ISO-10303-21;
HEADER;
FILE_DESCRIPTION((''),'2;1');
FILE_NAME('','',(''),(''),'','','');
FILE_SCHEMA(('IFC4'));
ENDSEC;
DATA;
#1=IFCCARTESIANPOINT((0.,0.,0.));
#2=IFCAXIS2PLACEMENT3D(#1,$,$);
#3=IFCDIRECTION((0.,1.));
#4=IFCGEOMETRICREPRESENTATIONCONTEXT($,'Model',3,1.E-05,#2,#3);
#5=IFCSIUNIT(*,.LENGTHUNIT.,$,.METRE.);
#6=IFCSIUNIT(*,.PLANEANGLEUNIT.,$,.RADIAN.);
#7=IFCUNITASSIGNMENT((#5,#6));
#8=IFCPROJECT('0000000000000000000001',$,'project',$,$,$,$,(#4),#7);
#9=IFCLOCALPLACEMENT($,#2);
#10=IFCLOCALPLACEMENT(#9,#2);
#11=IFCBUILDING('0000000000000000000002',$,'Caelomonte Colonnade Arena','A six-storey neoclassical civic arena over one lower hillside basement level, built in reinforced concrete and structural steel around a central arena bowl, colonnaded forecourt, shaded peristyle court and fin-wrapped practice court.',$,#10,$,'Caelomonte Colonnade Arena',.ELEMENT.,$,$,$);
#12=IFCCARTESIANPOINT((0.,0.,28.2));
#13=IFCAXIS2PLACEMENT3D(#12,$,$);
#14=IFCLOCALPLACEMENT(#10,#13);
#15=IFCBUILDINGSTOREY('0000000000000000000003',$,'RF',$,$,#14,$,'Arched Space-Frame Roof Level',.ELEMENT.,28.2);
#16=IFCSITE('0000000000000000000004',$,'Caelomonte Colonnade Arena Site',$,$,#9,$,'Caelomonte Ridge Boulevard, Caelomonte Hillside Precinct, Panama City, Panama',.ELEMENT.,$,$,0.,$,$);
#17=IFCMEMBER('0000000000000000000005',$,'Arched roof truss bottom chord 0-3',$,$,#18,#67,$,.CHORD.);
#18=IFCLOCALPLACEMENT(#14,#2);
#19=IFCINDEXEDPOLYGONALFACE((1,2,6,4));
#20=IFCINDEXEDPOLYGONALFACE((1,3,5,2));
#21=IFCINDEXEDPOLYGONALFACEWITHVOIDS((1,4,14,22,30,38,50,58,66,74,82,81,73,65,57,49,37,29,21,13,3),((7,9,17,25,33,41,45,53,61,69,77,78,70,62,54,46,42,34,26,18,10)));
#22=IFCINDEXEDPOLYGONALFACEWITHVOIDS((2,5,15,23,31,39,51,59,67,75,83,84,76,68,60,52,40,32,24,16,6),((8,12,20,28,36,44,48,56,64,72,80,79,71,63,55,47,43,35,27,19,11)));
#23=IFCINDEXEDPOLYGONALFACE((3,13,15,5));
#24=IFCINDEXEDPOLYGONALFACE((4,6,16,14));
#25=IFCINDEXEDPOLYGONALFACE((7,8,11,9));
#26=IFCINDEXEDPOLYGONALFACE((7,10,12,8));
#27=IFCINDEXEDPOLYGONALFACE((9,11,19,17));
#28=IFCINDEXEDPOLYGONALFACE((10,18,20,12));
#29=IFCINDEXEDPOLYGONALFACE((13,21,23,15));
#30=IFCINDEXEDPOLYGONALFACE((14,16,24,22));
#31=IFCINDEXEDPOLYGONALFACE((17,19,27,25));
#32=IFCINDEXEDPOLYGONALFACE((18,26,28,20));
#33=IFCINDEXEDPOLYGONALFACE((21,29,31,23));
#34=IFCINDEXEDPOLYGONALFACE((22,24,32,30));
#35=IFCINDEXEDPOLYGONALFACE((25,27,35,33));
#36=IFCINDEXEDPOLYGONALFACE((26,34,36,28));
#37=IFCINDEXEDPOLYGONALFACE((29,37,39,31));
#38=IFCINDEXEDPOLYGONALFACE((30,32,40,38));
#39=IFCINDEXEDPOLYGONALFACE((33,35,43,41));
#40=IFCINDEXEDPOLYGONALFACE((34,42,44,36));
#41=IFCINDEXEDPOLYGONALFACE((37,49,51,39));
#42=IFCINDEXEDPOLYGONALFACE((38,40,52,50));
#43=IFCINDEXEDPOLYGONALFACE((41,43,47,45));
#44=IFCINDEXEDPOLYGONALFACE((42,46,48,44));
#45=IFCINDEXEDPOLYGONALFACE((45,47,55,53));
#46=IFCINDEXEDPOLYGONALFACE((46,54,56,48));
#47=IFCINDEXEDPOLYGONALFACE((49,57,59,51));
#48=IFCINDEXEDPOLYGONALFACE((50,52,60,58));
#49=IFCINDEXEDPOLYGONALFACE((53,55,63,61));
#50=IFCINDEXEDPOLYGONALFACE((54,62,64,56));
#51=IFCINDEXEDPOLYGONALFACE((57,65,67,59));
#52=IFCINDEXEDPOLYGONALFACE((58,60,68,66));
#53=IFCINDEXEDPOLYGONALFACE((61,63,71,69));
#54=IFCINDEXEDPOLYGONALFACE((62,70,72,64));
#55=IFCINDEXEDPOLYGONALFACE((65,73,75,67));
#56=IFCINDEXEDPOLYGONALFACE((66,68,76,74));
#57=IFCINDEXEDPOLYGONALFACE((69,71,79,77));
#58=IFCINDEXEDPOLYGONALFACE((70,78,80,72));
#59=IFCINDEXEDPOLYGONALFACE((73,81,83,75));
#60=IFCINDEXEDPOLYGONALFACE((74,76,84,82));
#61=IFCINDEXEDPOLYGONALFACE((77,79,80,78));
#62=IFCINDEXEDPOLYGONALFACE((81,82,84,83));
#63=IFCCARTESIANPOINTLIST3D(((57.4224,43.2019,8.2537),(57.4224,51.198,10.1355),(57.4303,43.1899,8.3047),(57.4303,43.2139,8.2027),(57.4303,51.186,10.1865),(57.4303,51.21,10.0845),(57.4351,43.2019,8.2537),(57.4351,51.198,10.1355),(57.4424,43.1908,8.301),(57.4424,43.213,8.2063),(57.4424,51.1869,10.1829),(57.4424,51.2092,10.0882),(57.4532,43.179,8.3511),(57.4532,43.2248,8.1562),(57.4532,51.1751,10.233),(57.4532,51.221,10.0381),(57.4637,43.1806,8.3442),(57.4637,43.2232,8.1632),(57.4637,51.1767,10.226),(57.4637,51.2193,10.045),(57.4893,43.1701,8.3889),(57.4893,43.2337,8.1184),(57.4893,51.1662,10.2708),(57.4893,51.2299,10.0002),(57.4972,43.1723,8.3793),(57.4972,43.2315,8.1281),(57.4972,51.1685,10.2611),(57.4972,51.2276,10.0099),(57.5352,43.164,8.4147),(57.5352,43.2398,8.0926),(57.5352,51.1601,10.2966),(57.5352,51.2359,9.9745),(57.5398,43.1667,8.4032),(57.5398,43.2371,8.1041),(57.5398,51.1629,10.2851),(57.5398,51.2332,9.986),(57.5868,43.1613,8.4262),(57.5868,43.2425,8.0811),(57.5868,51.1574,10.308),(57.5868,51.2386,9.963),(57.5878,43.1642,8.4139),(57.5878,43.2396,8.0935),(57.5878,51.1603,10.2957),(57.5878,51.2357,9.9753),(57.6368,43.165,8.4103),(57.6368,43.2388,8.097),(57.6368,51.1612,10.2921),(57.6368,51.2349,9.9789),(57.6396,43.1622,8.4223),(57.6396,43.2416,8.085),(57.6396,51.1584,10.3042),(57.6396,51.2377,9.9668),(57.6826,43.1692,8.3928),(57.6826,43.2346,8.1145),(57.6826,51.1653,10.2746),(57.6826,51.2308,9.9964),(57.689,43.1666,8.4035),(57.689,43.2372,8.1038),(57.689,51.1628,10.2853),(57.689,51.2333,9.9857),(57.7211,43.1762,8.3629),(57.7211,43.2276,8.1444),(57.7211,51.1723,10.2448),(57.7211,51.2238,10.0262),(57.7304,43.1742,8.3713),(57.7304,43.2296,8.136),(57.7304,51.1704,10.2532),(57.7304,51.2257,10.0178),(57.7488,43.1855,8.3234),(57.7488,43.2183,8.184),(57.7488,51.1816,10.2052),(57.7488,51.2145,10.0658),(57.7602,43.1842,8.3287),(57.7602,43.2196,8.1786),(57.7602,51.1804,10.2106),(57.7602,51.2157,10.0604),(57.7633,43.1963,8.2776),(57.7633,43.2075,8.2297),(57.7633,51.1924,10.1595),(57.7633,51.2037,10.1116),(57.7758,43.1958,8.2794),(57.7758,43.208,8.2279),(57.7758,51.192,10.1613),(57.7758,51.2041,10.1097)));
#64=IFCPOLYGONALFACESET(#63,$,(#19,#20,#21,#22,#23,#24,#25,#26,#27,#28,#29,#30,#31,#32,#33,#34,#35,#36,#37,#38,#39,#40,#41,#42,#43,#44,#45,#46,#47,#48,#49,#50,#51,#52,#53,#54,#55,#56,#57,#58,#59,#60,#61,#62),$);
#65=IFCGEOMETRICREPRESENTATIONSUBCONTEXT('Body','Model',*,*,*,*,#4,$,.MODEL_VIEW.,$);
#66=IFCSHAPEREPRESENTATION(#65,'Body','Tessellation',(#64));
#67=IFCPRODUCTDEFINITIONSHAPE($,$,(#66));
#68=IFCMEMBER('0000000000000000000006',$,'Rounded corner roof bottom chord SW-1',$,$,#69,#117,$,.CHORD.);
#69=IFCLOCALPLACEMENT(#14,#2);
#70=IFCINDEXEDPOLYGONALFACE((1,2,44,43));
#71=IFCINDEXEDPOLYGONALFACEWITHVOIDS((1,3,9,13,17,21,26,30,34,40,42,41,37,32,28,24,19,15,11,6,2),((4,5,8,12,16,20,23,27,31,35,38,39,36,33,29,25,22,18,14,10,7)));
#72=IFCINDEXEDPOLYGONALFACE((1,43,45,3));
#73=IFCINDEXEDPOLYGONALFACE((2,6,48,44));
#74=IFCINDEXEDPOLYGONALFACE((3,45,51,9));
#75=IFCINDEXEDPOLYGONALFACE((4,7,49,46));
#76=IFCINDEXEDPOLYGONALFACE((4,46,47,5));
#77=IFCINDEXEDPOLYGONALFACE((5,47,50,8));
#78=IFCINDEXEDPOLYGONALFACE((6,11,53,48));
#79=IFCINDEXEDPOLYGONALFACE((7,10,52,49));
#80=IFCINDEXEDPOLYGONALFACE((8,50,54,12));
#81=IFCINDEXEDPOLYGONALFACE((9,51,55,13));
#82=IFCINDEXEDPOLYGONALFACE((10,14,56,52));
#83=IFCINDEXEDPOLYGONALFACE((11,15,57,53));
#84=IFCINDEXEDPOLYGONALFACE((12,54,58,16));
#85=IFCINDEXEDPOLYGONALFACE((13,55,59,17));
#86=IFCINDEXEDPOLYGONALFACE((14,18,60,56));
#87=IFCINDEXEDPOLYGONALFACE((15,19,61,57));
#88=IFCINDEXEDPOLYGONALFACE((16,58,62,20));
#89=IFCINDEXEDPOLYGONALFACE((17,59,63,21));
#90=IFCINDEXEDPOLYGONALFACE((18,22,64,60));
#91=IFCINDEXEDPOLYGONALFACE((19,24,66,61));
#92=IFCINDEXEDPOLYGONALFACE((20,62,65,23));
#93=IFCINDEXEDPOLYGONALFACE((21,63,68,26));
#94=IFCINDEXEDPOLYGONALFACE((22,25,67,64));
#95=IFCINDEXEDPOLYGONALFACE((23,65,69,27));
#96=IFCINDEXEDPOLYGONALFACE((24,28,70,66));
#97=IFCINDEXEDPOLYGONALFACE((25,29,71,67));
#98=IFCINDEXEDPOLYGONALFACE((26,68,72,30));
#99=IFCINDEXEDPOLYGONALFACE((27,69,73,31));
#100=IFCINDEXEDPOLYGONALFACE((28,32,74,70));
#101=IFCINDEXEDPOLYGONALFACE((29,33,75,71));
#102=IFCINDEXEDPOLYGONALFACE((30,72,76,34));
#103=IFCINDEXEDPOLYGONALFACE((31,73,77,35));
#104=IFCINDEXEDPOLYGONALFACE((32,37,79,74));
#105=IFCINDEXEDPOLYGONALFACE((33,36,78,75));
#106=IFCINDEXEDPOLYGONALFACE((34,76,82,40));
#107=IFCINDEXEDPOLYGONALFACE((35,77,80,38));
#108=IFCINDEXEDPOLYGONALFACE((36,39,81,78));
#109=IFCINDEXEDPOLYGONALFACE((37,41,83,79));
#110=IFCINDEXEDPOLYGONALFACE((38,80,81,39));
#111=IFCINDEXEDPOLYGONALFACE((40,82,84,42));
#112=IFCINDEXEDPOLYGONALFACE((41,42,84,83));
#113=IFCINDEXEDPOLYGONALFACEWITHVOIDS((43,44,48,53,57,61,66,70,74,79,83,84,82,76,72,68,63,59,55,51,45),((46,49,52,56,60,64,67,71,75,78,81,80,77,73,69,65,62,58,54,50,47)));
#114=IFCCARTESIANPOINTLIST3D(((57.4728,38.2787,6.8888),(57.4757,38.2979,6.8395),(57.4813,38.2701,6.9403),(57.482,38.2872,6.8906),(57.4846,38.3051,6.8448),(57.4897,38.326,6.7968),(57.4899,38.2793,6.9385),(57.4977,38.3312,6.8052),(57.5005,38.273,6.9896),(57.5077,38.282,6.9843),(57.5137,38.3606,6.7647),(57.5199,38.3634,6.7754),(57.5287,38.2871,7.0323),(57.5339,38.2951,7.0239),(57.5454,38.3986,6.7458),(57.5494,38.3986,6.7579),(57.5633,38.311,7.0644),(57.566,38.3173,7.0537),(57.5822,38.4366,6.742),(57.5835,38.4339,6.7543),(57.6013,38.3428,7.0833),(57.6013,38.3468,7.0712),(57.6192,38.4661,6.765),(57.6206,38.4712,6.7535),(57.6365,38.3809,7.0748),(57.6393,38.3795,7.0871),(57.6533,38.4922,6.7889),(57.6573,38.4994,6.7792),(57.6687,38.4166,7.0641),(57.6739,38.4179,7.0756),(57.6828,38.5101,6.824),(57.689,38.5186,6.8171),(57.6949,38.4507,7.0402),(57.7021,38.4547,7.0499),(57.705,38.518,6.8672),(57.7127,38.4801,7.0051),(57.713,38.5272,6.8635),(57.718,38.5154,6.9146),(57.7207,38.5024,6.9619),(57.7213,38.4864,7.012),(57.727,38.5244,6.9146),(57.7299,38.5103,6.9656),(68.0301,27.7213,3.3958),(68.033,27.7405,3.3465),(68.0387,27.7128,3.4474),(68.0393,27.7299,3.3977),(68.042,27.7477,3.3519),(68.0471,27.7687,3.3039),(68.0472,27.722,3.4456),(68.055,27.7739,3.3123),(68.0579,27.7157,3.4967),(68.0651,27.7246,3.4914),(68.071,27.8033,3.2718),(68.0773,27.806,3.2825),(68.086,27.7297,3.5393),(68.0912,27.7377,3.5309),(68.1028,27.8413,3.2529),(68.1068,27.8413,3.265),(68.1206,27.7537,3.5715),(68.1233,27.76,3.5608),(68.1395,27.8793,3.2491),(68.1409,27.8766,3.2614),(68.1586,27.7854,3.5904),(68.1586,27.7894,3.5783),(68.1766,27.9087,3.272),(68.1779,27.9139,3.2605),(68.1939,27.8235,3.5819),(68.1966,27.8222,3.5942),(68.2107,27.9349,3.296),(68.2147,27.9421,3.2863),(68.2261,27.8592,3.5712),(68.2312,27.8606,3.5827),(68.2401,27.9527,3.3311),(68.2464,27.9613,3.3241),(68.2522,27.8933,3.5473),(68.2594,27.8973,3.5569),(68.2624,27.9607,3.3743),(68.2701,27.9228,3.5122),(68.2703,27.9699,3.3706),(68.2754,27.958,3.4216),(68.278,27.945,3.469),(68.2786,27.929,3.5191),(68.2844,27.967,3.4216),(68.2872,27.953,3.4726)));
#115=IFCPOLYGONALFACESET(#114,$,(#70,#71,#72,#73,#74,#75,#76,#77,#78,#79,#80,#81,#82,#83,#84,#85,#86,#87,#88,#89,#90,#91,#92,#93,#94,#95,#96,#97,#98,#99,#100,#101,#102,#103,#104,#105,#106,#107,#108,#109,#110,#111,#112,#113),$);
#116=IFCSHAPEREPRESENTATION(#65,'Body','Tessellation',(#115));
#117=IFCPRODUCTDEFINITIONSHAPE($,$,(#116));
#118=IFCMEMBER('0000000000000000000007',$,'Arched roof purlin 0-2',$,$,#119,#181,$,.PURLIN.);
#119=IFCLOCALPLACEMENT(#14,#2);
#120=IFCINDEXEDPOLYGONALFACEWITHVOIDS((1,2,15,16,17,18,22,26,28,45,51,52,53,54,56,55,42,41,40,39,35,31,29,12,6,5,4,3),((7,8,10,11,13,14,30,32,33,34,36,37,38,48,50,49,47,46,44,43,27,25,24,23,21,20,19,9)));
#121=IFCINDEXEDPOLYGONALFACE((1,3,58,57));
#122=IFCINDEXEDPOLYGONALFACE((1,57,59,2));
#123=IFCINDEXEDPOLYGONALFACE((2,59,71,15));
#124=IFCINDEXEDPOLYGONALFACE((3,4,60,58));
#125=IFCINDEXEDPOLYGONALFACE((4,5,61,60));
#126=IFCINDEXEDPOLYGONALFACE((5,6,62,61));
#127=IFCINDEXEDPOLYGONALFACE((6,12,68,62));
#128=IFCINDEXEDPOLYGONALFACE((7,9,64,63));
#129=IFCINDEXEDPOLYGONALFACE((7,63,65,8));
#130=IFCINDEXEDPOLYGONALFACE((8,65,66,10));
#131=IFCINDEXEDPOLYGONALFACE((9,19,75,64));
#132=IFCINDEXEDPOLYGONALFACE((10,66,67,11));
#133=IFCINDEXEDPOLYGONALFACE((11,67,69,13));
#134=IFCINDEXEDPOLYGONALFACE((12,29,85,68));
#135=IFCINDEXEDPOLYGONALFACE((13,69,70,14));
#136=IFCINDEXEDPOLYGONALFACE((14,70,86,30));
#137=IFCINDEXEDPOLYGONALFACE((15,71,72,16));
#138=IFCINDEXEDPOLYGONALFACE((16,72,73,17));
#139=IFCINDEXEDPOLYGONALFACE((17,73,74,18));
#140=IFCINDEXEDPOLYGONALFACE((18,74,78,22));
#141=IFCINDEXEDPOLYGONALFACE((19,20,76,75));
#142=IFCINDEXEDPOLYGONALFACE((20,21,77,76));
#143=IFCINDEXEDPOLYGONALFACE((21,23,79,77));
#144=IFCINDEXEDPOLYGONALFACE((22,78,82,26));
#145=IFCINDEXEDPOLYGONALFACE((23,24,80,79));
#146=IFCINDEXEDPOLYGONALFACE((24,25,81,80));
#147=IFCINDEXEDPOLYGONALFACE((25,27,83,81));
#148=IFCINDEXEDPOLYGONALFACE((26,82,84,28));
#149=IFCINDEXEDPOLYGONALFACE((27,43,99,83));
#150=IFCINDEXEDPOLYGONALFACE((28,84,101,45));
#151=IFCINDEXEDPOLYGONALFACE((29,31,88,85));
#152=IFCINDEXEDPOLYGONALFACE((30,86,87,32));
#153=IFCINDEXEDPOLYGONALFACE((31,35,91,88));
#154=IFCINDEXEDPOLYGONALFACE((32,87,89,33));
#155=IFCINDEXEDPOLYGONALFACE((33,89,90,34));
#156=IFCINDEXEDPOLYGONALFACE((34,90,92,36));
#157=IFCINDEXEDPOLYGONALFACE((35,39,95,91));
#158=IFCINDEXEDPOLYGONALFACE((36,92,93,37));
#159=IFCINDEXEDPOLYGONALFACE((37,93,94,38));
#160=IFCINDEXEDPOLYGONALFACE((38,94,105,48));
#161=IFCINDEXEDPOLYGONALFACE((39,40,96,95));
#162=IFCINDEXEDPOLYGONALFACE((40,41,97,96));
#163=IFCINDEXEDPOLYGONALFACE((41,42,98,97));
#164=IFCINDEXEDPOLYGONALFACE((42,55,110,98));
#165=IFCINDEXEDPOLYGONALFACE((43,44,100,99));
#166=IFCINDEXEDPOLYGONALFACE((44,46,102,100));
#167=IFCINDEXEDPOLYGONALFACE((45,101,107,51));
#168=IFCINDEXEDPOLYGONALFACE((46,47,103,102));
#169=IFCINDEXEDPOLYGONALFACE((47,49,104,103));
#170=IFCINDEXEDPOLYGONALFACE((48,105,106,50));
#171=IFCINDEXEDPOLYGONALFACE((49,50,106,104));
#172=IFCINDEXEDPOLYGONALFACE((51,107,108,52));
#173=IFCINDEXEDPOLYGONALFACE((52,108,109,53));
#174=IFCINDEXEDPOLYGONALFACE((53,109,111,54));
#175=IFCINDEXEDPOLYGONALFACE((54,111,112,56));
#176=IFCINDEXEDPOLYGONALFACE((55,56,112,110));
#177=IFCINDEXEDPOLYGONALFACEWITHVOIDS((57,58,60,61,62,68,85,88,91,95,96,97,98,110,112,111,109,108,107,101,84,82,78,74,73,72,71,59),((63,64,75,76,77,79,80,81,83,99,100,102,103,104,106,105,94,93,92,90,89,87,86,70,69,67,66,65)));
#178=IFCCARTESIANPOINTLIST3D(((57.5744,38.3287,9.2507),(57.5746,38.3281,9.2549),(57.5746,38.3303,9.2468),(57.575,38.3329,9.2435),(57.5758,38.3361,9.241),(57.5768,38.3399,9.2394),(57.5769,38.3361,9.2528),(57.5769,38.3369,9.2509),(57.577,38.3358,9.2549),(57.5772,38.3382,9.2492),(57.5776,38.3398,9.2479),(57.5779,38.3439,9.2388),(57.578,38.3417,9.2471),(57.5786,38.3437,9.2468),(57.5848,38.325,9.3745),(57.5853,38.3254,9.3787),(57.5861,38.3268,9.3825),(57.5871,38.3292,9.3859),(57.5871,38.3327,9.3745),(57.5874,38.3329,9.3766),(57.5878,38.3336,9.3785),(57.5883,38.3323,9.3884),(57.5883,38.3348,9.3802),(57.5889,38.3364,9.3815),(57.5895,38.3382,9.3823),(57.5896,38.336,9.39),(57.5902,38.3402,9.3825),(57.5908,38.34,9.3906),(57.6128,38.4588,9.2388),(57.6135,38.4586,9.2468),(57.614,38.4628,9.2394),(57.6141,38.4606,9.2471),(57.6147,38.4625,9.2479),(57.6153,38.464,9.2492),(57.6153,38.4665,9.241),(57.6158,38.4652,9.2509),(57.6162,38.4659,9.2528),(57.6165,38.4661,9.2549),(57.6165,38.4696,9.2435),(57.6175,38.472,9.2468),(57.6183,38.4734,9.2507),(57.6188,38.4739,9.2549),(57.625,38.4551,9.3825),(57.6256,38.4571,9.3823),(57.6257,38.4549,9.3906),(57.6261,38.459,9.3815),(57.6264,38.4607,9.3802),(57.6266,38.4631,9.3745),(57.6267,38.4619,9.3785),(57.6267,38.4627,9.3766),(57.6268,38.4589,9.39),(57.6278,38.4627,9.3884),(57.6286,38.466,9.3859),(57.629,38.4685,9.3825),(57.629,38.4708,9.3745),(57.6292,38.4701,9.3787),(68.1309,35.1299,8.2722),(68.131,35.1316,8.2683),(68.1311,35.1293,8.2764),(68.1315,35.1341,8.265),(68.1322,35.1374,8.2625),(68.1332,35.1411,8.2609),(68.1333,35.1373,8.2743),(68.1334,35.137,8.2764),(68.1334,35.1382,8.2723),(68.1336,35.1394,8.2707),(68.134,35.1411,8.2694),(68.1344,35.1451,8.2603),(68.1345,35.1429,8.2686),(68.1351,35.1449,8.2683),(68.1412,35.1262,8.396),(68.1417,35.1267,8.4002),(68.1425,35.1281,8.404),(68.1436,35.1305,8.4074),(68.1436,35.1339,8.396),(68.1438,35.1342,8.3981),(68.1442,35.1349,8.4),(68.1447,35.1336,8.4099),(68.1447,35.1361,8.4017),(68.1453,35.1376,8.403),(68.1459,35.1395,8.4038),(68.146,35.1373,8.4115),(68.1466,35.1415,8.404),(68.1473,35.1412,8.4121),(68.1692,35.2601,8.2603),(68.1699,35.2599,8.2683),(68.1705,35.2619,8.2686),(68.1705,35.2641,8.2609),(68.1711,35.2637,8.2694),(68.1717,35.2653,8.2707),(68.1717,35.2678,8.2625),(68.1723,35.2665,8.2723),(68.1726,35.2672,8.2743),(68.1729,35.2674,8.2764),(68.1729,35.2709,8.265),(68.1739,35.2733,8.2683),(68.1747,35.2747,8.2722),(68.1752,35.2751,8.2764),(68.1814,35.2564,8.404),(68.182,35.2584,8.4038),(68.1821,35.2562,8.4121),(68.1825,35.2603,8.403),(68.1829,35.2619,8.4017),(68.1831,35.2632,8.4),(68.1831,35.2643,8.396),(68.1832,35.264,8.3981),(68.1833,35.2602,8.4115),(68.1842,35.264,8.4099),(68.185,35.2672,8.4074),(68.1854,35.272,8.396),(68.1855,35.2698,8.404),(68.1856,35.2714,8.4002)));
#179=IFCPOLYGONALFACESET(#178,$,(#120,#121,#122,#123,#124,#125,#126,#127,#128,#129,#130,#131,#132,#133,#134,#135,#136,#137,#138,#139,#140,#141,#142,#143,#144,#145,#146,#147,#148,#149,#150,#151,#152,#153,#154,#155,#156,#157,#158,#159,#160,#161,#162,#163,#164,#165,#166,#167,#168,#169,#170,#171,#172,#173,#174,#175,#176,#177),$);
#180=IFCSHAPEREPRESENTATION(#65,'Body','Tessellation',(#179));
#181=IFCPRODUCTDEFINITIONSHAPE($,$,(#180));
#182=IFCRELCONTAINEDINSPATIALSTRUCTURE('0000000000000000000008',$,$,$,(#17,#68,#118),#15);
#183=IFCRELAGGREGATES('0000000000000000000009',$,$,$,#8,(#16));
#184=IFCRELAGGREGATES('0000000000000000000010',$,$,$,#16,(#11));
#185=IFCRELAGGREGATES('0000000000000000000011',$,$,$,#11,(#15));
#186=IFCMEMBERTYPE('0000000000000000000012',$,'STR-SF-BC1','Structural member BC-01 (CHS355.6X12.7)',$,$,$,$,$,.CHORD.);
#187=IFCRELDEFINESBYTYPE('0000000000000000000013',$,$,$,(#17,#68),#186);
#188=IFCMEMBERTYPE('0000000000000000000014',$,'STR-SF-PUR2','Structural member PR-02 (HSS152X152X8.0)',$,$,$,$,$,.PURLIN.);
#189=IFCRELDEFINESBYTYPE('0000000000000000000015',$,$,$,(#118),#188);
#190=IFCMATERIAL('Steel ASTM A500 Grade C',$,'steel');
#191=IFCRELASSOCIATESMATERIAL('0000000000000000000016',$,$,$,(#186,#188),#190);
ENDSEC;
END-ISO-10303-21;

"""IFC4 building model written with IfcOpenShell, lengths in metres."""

from ifc_helpers import new_model, si_unit, direction, frame, origin, origin_2d, place, context, subcontext, project, spatial, hollow_rectangle, hollow_circle, extrude, material, material_profile, profile_set, type_object, element, save


model = new_model("IFC4")

# Units and contexts
model_context = context("Model", 3, precision=1e-05, world=origin(), true_north=direction((0.0, 1.0)))
body_context = subcontext(model_context, "Body", "Model", "MODEL_VIEW")
ifc_project = project(units=[si_unit("LENGTHUNIT", "METRE"), si_unit("PLANEANGLEUNIT", "RADIAN")], contexts=[model_context])

# Site, building, storey
site_placement = place(None, origin())
site = spatial("IfcSite", under=ifc_project, at=site_placement, Name="Caelomonte Colonnade Arena Site", LongName="Caelomonte Ridge Boulevard, Caelomonte Hillside Precinct, Panama City, Panama", CompositionType="ELEMENT", RefElevation=0.0)
building_placement = place(site_placement, origin())
building = spatial("IfcBuilding", under=site, at=building_placement, Name="Caelomonte Colonnade Arena", Description="A six-storey neoclassical civic arena over one lower hillside basement level, built in reinforced concrete and structural steel around a central arena bowl, colonnaded forecourt, shaded peristyle court and fin-wrapped practice court.", LongName="Caelomonte Colonnade Arena", CompositionType="ELEMENT")
storey_placement = place(building_placement, frame((0.0, 0.0, 28.2)))
storey = spatial("IfcBuildingStorey", under=building, at=storey_placement, Name="RF", LongName="Arched Space-Frame Roof Level", CompositionType="ELEMENT", Elevation=28.2)

# Members
ifc_material_1 = material(Name="Steel ASTM A500 Grade C", Category="steel")
ifc_material_profile_1 = material_profile(ifc_material_1, hollow_circle(Radius=0.1777, WallThickness=0.0127, at=origin_2d()), Name="CHS355.6X12.7")
ifc_profile_set_1 = profile_set([ifc_material_profile_1], Name="Steel ASTM A500 Grade C")
member_type_1 = type_object("IfcMemberType", Name="STR-SF-BC1", Description="Structural member BC-01 (CHS355.6X12.7)", PredefinedType="CHORD", material=ifc_profile_set_1)
member_1_placement = place(storey_placement, frame((57.6001, 43.2019, 8.2537), z_axis=(0.0, 0.973406, 0.229086), x_axis=(-1.0, 0.0, 0.0)))
element("IfcMember", 1, at=member_1_placement, inside=storey, type_object=member_type_1, Name="Arched roof truss bottom chord 0-3", PredefinedType="CHORD", context=body_context, shape_type="SweptSolid", body=[
    extrude(hollow_circle(Radius=0.1777, WallThickness=0.0127, at=origin_2d()), origin(), (0.0, 0.0, 1.0), 8.2146),
])
member_2_placement = place(storey_placement, frame((57.6013, 38.3987, 6.9146), z_axis=(0.688516, -0.688516, -0.227796), x_axis=(0.707107, 0.707107, 0.0)))
element("IfcMember", 2, at=member_2_placement, inside=storey, type_object=member_type_1, Name="Rounded corner roof bottom chord SW-1", PredefinedType="CHORD", context=body_context, shape_type="SweptSolid", body=[
    extrude(hollow_circle(Radius=0.1777, WallThickness=0.0127, at=origin_2d()), origin(), (0.0, 0.0, 1.0), 15.3335),
])
ifc_material_profile_2 = material_profile(ifc_material_1, hollow_rectangle(XDim=0.1523, YDim=0.1523, WallThickness=0.0081, InnerFilletRadius=0.0081, OuterFilletRadius=0.0161, at=origin_2d()), Name="HSS152X152X8.0")
ifc_profile_set_2 = profile_set([ifc_material_profile_2], Name="Steel ASTM A500 Grade C")
member_type_2 = type_object("IfcMemberType", Name="STR-SF-PUR2", Description="Structural member PR-02 (HSS152X152X8.0)", PredefinedType="PURLIN", material=ifc_profile_set_2)
member_3_placement = place(storey_placement, frame((57.6018, 38.3994, 9.3147), z_axis=(0.953285, -0.288858, -0.088364), x_axis=(0.289993, 0.957029, 0.0)))
element("IfcMember", 3, at=member_3_placement, inside=storey, type_object=member_type_2, Name="Arched roof purlin 0-2", PredefinedType="PURLIN", context=body_context, shape_type="SweptSolid", body=[
    extrude(hollow_rectangle(XDim=0.1523, YDim=0.1523, WallThickness=0.0081, InnerFilletRadius=0.0081, OuterFilletRadius=0.0161, at=origin_2d()), origin(), (0.0, 0.0, 1.0), 11.0737),
])

save(model, "model.ifc")
